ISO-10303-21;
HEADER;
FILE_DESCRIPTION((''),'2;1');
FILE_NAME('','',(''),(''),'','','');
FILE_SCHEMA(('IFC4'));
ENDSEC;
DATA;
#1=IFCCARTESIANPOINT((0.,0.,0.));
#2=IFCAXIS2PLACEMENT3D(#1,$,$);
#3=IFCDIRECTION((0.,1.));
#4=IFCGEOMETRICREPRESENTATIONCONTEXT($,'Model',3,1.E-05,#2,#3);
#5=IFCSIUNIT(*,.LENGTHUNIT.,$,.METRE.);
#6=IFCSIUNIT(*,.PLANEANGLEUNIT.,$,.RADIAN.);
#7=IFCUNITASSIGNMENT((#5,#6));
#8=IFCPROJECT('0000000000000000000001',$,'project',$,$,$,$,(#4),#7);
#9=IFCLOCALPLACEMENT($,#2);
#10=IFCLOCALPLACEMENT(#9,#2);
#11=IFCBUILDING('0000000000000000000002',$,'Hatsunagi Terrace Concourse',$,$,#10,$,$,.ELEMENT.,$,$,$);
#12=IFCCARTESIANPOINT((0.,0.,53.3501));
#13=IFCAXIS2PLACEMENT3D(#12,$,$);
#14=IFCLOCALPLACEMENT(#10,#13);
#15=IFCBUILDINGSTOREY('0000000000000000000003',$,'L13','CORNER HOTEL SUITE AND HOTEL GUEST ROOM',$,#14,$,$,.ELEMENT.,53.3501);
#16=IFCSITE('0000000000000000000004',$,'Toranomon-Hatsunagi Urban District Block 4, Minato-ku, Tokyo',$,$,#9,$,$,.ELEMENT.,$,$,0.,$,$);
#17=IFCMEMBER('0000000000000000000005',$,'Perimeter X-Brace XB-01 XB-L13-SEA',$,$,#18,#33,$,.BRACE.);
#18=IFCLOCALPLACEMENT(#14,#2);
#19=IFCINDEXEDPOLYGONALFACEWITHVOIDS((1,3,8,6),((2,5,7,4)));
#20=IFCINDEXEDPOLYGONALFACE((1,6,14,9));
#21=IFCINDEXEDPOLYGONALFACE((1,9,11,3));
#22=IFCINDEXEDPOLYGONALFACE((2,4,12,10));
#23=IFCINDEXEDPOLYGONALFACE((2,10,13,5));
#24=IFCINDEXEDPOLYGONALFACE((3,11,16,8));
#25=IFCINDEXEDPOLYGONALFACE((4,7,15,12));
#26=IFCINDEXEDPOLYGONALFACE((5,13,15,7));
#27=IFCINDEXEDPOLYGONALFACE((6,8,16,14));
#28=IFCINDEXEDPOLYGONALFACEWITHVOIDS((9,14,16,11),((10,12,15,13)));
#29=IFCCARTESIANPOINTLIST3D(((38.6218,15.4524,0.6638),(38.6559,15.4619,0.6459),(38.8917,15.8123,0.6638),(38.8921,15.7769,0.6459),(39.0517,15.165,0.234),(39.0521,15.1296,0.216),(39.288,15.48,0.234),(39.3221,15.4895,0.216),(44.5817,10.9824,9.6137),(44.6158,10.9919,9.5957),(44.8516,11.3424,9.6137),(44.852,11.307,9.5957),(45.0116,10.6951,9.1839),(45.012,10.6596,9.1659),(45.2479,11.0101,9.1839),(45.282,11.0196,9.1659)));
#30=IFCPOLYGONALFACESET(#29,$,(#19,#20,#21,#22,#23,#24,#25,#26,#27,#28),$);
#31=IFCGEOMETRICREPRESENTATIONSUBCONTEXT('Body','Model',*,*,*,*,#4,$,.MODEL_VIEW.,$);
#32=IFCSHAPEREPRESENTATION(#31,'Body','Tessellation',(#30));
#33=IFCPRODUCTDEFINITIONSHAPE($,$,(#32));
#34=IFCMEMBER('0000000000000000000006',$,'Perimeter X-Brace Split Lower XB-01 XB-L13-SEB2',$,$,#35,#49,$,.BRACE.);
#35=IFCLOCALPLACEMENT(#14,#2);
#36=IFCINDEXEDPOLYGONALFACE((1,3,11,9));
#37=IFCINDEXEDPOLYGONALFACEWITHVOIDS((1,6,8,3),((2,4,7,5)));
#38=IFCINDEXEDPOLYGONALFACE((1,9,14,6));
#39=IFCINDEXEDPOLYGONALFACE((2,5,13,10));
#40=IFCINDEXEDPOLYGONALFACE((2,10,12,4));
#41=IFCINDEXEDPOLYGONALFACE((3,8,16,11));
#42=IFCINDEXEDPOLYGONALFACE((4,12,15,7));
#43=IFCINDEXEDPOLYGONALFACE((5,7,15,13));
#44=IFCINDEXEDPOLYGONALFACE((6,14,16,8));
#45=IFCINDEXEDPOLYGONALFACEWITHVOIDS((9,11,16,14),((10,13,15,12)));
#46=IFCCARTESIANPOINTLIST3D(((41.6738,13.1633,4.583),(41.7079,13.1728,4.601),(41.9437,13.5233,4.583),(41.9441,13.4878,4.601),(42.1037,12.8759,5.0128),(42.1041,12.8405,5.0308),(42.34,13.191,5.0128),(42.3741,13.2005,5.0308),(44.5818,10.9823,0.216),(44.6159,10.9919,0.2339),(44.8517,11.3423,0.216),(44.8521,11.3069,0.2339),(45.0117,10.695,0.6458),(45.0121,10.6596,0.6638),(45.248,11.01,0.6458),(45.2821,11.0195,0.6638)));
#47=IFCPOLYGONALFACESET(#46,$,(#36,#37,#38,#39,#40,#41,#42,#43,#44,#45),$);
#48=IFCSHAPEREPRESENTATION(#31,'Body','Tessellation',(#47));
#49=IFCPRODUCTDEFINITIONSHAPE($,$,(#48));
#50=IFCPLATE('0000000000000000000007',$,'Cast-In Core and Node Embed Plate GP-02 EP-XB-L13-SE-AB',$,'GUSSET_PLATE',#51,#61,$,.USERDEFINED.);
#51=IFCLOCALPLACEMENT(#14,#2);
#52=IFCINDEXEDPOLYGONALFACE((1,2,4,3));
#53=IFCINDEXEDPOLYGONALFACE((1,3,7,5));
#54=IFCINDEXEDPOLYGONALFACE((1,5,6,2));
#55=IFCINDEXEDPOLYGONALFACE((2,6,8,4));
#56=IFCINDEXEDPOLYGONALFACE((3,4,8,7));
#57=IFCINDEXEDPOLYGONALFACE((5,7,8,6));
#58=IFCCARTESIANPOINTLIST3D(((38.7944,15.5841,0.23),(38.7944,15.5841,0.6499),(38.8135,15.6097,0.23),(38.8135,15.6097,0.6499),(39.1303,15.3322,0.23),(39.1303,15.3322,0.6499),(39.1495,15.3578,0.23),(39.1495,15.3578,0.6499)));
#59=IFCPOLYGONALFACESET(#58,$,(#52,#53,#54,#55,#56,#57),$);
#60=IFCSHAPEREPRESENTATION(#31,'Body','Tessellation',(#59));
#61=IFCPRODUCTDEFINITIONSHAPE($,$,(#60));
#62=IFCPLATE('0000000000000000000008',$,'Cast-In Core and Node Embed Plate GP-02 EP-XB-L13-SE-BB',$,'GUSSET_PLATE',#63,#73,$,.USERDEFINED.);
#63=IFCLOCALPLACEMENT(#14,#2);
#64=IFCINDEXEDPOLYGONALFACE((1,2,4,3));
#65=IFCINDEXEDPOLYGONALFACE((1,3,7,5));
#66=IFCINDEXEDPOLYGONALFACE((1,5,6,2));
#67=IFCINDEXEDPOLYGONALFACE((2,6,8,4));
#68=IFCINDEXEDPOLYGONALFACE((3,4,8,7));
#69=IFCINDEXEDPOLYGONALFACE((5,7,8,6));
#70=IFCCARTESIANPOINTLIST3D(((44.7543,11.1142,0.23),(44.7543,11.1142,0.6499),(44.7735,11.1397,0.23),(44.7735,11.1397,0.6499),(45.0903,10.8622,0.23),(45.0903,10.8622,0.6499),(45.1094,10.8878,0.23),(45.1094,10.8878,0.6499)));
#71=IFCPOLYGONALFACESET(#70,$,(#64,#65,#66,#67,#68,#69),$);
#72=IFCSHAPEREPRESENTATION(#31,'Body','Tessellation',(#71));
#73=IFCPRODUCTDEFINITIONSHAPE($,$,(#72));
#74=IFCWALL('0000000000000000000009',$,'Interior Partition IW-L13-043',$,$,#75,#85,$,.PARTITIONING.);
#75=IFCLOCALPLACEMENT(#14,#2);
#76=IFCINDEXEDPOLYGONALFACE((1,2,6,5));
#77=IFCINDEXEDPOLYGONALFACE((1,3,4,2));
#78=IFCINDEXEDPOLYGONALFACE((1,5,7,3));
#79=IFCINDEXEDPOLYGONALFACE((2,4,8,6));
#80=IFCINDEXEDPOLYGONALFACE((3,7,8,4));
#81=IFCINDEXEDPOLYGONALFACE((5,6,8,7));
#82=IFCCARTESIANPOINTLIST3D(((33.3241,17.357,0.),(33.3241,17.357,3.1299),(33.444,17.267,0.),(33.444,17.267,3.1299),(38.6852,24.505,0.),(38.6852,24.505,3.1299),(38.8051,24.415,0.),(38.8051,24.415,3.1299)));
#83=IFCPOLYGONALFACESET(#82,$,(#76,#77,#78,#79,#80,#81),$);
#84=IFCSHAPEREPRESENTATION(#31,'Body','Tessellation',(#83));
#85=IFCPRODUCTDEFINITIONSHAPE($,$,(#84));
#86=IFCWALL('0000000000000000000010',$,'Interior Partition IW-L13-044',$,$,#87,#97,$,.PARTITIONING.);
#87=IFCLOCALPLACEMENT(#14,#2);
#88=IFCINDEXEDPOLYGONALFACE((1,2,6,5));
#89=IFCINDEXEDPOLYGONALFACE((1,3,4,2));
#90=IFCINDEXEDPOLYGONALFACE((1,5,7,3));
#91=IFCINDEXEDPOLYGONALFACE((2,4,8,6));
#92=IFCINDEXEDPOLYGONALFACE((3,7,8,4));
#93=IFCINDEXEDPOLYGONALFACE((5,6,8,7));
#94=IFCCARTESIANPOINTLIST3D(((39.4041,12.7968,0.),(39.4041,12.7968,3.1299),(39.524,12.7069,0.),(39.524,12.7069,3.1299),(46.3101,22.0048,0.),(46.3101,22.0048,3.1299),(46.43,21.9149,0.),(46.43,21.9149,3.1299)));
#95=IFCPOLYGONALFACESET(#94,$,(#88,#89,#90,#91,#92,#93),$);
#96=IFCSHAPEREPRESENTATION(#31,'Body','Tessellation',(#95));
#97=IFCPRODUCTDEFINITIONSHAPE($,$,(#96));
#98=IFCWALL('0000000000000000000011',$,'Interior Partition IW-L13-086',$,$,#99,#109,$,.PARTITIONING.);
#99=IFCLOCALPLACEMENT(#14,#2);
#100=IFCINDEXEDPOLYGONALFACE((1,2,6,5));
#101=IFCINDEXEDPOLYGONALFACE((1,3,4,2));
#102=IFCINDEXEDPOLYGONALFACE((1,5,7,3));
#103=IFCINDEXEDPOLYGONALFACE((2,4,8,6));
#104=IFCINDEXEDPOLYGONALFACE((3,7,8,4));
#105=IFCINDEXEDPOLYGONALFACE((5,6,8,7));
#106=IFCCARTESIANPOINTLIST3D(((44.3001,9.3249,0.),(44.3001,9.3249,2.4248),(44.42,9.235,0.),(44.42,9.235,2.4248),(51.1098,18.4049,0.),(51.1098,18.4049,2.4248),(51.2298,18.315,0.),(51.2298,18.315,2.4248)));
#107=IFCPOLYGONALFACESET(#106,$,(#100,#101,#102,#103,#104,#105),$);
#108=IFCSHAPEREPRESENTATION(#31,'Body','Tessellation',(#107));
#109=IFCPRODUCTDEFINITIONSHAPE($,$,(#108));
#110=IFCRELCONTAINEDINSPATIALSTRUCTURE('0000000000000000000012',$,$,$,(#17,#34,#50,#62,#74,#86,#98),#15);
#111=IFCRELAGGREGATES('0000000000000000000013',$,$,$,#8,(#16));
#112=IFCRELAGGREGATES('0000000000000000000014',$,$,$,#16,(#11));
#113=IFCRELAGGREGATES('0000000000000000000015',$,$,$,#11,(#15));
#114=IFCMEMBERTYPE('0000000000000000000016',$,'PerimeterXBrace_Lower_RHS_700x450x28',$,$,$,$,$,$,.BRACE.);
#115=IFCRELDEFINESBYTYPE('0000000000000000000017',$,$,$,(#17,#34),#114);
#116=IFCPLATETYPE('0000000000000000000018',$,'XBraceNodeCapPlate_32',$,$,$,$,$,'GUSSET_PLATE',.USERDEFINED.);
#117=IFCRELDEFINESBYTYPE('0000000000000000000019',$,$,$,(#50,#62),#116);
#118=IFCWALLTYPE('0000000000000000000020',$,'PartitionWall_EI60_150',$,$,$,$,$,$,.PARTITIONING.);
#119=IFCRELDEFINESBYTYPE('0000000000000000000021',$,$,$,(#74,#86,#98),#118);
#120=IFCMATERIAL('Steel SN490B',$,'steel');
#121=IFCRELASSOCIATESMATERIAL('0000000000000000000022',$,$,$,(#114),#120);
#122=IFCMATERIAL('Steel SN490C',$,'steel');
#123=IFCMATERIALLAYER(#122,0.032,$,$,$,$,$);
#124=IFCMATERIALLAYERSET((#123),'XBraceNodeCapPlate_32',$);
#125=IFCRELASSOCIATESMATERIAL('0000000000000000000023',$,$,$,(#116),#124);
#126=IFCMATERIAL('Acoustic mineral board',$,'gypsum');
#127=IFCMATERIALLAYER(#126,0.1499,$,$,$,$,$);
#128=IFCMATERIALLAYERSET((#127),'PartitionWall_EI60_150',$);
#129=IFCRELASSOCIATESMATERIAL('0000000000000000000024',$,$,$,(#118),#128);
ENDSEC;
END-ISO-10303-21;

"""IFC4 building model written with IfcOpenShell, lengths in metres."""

from ifc_helpers import new_model, si_unit, direction, frame, frame_2d, origin, origin_2d, place, context, subcontext, project, spatial, rectangle, hollow_rectangle, extrude, material, layer, layer_set, material_profile, profile_set, type_object, element, save


model = new_model("IFC4")

# Units and contexts
model_context = context("Model", 3, precision=1e-05, world=origin(), true_north=direction((0.0, 1.0)))
body_context = subcontext(model_context, "Body", "Model", "MODEL_VIEW")
ifc_project = project(units=[si_unit("LENGTHUNIT", "METRE"), si_unit("PLANEANGLEUNIT", "RADIAN")], contexts=[model_context])

# Site, building, storey
site_placement = place(None, origin())
site = spatial("IfcSite", under=ifc_project, at=site_placement, Name="Toranomon-Hatsunagi Urban District Block 4, Minato-ku, Tokyo", CompositionType="ELEMENT", RefElevation=0.0)
building_placement = place(site_placement, origin())
building = spatial("IfcBuilding", under=site, at=building_placement, Name="Hatsunagi Terrace Concourse", CompositionType="ELEMENT")
storey_placement = place(building_placement, frame((0.0, 0.0, 53.3501)))
storey = spatial("IfcBuildingStorey", under=building, at=storey_placement, Name="L13", Description="CORNER HOTEL SUITE AND HOTEL GUEST ROOM", CompositionType="ELEMENT", Elevation=53.3501)

# Members
ifc_material_1 = material(Name="Steel SN490B", Category="steel")
ifc_material_profile_1 = material_profile(ifc_material_1, hollow_rectangle(XDim=0.45, YDim=0.7, WallThickness=0.0281, at=origin_2d()), Name="RHS-700x450x28")
ifc_profile_set_1 = profile_set([ifc_material_profile_1], Name="Steel SN490B")
member_type = type_object("IfcMemberType", Name="PerimeterXBrace_Lower_RHS_700x450x28", PredefinedType="BRACE", material=ifc_profile_set_1)
member_1_placement = place(storey_placement, frame((38.9719, 15.4709, 0.4399), z_axis=(0.511809, -0.383857, 0.768573), x_axis=(0.6, 0.8, 0.0)))
element("IfcMember", 1, at=member_1_placement, inside=storey, type_object=member_type, Name="Perimeter X-Brace XB-01 XB-L13-SEA", PredefinedType="BRACE", context=body_context, shape_type="SweptSolid", body=[
    extrude(hollow_rectangle(XDim=0.45, YDim=0.7, WallThickness=0.0281, at=origin_2d()), origin(), (0.0, 0.0, 1.0), 11.6448),
])
member_2_placement = place(storey_placement, frame((42.0239, 13.1819, 4.8069), z_axis=(0.511803, -0.383841, -0.768585), x_axis=(0.599989, 0.800008, 0.0)))
element("IfcMember", 2, at=member_2_placement, inside=storey, type_object=member_type, Name="Perimeter X-Brace Split Lower XB-01 XB-L13-SEB2", PredefinedType="BRACE", context=body_context, shape_type="SweptSolid", body=[
    extrude(hollow_rectangle(XDim=0.45, YDim=0.7, WallThickness=0.0281, at=origin_2d()), origin(), (0.0, 0.0, 1.0), 5.6819),
])

# Plates
ifc_material_2 = material(Name="Steel SN490C", Category="steel")
ifc_layer_1 = layer(ifc_material_2, 0.032)
ifc_layer_set_1 = layer_set([ifc_layer_1], Name="XBraceNodeCapPlate_32")
plate_type = type_object("IfcPlateType", Name="XBraceNodeCapPlate_32", ElementType="GUSSET_PLATE", PredefinedType="USERDEFINED", material=ifc_layer_set_1)
for number, where, z_axis, x_axis, name in (
    (3, (38.9719, 15.4709, 0.23), (0.0, 0.0, 1.0), (0.8, -0.6, 0.0), "Cast-In Core and Node Embed Plate GP-02 EP-XB-L13-SE-AB"),
    (4, (44.9319, 11.001, 0.23), (0.0, 0.0, 1.0), (0.8, -0.6, 0.0), "Cast-In Core and Node Embed Plate GP-02 EP-XB-L13-SE-BB"),
):
    element("IfcPlate", number, at=place(storey_placement, frame(where, z_axis=z_axis, x_axis=x_axis)), inside=storey, type_object=plate_type, Name=name, ObjectType="GUSSET_PLATE", PredefinedType="USERDEFINED", context=body_context, shape_type="SweptSolid", body=[
        extrude(rectangle(XDim=0.4199, YDim=0.032, at=origin_2d()), origin(), (0.0, 0.0, 1.0), 0.4199),
    ])

# Walls
ifc_material_3 = material(Name="Acoustic mineral board", Category="gypsum")
ifc_layer_2 = layer(ifc_material_3, 0.1499)
ifc_layer_set_2 = layer_set([ifc_layer_2], Name="PartitionWall_EI60_150")
wall_type = type_object("IfcWallType", Name="PartitionWall_EI60_150", PredefinedType="PARTITIONING", material=ifc_layer_set_2)
wall_1_placement = place(storey_placement, frame((33.384, 17.312, 0.0), z_axis=(0.0, 0.0, 1.0), x_axis=(0.600009, 0.799993, 0.0)))
element("IfcWall", 5, at=wall_1_placement, inside=storey, type_object=wall_type, Name="Interior Partition IW-L13-043", PredefinedType="PARTITIONING", context=body_context, shape_type="SweptSolid", body=[
    extrude(rectangle(XDim=8.9351, YDim=0.1499, at=frame_2d((4.4675, 0.0))), origin(), (0.0, 0.0, 1.0), 3.1299),
])
wall_2_placement = place(storey_placement, frame((39.4641, 12.752, 0.0), z_axis=(0.0, 0.0, 1.0), x_axis=(0.6, 0.8, 0.0)))
element("IfcWall", 6, at=wall_2_placement, inside=storey, type_object=wall_type, Name="Interior Partition IW-L13-044", PredefinedType="PARTITIONING", context=body_context, shape_type="SweptSolid", body=[
    extrude(rectangle(XDim=11.51, YDim=0.1499, at=frame_2d((5.7549, 0.0))), origin(), (0.0, 0.0, 1.0), 3.1299),
])
wall_3_placement = place(storey_placement, frame((44.3601, 9.28, 0.0), z_axis=(0.0, 0.0, 1.0), x_axis=(0.599986, 0.80001, 0.0)))
element("IfcWall", 7, at=wall_3_placement, inside=storey, type_object=wall_type, Name="Interior Partition IW-L13-086", PredefinedType="PARTITIONING", context=body_context, shape_type="SweptSolid", body=[
    extrude(rectangle(XDim=11.3499, YDim=0.1499, at=frame_2d((5.6748, 0.0))), origin(), (0.0, 0.0, 1.0), 2.4248),
])

save(model, "model.ifc")
